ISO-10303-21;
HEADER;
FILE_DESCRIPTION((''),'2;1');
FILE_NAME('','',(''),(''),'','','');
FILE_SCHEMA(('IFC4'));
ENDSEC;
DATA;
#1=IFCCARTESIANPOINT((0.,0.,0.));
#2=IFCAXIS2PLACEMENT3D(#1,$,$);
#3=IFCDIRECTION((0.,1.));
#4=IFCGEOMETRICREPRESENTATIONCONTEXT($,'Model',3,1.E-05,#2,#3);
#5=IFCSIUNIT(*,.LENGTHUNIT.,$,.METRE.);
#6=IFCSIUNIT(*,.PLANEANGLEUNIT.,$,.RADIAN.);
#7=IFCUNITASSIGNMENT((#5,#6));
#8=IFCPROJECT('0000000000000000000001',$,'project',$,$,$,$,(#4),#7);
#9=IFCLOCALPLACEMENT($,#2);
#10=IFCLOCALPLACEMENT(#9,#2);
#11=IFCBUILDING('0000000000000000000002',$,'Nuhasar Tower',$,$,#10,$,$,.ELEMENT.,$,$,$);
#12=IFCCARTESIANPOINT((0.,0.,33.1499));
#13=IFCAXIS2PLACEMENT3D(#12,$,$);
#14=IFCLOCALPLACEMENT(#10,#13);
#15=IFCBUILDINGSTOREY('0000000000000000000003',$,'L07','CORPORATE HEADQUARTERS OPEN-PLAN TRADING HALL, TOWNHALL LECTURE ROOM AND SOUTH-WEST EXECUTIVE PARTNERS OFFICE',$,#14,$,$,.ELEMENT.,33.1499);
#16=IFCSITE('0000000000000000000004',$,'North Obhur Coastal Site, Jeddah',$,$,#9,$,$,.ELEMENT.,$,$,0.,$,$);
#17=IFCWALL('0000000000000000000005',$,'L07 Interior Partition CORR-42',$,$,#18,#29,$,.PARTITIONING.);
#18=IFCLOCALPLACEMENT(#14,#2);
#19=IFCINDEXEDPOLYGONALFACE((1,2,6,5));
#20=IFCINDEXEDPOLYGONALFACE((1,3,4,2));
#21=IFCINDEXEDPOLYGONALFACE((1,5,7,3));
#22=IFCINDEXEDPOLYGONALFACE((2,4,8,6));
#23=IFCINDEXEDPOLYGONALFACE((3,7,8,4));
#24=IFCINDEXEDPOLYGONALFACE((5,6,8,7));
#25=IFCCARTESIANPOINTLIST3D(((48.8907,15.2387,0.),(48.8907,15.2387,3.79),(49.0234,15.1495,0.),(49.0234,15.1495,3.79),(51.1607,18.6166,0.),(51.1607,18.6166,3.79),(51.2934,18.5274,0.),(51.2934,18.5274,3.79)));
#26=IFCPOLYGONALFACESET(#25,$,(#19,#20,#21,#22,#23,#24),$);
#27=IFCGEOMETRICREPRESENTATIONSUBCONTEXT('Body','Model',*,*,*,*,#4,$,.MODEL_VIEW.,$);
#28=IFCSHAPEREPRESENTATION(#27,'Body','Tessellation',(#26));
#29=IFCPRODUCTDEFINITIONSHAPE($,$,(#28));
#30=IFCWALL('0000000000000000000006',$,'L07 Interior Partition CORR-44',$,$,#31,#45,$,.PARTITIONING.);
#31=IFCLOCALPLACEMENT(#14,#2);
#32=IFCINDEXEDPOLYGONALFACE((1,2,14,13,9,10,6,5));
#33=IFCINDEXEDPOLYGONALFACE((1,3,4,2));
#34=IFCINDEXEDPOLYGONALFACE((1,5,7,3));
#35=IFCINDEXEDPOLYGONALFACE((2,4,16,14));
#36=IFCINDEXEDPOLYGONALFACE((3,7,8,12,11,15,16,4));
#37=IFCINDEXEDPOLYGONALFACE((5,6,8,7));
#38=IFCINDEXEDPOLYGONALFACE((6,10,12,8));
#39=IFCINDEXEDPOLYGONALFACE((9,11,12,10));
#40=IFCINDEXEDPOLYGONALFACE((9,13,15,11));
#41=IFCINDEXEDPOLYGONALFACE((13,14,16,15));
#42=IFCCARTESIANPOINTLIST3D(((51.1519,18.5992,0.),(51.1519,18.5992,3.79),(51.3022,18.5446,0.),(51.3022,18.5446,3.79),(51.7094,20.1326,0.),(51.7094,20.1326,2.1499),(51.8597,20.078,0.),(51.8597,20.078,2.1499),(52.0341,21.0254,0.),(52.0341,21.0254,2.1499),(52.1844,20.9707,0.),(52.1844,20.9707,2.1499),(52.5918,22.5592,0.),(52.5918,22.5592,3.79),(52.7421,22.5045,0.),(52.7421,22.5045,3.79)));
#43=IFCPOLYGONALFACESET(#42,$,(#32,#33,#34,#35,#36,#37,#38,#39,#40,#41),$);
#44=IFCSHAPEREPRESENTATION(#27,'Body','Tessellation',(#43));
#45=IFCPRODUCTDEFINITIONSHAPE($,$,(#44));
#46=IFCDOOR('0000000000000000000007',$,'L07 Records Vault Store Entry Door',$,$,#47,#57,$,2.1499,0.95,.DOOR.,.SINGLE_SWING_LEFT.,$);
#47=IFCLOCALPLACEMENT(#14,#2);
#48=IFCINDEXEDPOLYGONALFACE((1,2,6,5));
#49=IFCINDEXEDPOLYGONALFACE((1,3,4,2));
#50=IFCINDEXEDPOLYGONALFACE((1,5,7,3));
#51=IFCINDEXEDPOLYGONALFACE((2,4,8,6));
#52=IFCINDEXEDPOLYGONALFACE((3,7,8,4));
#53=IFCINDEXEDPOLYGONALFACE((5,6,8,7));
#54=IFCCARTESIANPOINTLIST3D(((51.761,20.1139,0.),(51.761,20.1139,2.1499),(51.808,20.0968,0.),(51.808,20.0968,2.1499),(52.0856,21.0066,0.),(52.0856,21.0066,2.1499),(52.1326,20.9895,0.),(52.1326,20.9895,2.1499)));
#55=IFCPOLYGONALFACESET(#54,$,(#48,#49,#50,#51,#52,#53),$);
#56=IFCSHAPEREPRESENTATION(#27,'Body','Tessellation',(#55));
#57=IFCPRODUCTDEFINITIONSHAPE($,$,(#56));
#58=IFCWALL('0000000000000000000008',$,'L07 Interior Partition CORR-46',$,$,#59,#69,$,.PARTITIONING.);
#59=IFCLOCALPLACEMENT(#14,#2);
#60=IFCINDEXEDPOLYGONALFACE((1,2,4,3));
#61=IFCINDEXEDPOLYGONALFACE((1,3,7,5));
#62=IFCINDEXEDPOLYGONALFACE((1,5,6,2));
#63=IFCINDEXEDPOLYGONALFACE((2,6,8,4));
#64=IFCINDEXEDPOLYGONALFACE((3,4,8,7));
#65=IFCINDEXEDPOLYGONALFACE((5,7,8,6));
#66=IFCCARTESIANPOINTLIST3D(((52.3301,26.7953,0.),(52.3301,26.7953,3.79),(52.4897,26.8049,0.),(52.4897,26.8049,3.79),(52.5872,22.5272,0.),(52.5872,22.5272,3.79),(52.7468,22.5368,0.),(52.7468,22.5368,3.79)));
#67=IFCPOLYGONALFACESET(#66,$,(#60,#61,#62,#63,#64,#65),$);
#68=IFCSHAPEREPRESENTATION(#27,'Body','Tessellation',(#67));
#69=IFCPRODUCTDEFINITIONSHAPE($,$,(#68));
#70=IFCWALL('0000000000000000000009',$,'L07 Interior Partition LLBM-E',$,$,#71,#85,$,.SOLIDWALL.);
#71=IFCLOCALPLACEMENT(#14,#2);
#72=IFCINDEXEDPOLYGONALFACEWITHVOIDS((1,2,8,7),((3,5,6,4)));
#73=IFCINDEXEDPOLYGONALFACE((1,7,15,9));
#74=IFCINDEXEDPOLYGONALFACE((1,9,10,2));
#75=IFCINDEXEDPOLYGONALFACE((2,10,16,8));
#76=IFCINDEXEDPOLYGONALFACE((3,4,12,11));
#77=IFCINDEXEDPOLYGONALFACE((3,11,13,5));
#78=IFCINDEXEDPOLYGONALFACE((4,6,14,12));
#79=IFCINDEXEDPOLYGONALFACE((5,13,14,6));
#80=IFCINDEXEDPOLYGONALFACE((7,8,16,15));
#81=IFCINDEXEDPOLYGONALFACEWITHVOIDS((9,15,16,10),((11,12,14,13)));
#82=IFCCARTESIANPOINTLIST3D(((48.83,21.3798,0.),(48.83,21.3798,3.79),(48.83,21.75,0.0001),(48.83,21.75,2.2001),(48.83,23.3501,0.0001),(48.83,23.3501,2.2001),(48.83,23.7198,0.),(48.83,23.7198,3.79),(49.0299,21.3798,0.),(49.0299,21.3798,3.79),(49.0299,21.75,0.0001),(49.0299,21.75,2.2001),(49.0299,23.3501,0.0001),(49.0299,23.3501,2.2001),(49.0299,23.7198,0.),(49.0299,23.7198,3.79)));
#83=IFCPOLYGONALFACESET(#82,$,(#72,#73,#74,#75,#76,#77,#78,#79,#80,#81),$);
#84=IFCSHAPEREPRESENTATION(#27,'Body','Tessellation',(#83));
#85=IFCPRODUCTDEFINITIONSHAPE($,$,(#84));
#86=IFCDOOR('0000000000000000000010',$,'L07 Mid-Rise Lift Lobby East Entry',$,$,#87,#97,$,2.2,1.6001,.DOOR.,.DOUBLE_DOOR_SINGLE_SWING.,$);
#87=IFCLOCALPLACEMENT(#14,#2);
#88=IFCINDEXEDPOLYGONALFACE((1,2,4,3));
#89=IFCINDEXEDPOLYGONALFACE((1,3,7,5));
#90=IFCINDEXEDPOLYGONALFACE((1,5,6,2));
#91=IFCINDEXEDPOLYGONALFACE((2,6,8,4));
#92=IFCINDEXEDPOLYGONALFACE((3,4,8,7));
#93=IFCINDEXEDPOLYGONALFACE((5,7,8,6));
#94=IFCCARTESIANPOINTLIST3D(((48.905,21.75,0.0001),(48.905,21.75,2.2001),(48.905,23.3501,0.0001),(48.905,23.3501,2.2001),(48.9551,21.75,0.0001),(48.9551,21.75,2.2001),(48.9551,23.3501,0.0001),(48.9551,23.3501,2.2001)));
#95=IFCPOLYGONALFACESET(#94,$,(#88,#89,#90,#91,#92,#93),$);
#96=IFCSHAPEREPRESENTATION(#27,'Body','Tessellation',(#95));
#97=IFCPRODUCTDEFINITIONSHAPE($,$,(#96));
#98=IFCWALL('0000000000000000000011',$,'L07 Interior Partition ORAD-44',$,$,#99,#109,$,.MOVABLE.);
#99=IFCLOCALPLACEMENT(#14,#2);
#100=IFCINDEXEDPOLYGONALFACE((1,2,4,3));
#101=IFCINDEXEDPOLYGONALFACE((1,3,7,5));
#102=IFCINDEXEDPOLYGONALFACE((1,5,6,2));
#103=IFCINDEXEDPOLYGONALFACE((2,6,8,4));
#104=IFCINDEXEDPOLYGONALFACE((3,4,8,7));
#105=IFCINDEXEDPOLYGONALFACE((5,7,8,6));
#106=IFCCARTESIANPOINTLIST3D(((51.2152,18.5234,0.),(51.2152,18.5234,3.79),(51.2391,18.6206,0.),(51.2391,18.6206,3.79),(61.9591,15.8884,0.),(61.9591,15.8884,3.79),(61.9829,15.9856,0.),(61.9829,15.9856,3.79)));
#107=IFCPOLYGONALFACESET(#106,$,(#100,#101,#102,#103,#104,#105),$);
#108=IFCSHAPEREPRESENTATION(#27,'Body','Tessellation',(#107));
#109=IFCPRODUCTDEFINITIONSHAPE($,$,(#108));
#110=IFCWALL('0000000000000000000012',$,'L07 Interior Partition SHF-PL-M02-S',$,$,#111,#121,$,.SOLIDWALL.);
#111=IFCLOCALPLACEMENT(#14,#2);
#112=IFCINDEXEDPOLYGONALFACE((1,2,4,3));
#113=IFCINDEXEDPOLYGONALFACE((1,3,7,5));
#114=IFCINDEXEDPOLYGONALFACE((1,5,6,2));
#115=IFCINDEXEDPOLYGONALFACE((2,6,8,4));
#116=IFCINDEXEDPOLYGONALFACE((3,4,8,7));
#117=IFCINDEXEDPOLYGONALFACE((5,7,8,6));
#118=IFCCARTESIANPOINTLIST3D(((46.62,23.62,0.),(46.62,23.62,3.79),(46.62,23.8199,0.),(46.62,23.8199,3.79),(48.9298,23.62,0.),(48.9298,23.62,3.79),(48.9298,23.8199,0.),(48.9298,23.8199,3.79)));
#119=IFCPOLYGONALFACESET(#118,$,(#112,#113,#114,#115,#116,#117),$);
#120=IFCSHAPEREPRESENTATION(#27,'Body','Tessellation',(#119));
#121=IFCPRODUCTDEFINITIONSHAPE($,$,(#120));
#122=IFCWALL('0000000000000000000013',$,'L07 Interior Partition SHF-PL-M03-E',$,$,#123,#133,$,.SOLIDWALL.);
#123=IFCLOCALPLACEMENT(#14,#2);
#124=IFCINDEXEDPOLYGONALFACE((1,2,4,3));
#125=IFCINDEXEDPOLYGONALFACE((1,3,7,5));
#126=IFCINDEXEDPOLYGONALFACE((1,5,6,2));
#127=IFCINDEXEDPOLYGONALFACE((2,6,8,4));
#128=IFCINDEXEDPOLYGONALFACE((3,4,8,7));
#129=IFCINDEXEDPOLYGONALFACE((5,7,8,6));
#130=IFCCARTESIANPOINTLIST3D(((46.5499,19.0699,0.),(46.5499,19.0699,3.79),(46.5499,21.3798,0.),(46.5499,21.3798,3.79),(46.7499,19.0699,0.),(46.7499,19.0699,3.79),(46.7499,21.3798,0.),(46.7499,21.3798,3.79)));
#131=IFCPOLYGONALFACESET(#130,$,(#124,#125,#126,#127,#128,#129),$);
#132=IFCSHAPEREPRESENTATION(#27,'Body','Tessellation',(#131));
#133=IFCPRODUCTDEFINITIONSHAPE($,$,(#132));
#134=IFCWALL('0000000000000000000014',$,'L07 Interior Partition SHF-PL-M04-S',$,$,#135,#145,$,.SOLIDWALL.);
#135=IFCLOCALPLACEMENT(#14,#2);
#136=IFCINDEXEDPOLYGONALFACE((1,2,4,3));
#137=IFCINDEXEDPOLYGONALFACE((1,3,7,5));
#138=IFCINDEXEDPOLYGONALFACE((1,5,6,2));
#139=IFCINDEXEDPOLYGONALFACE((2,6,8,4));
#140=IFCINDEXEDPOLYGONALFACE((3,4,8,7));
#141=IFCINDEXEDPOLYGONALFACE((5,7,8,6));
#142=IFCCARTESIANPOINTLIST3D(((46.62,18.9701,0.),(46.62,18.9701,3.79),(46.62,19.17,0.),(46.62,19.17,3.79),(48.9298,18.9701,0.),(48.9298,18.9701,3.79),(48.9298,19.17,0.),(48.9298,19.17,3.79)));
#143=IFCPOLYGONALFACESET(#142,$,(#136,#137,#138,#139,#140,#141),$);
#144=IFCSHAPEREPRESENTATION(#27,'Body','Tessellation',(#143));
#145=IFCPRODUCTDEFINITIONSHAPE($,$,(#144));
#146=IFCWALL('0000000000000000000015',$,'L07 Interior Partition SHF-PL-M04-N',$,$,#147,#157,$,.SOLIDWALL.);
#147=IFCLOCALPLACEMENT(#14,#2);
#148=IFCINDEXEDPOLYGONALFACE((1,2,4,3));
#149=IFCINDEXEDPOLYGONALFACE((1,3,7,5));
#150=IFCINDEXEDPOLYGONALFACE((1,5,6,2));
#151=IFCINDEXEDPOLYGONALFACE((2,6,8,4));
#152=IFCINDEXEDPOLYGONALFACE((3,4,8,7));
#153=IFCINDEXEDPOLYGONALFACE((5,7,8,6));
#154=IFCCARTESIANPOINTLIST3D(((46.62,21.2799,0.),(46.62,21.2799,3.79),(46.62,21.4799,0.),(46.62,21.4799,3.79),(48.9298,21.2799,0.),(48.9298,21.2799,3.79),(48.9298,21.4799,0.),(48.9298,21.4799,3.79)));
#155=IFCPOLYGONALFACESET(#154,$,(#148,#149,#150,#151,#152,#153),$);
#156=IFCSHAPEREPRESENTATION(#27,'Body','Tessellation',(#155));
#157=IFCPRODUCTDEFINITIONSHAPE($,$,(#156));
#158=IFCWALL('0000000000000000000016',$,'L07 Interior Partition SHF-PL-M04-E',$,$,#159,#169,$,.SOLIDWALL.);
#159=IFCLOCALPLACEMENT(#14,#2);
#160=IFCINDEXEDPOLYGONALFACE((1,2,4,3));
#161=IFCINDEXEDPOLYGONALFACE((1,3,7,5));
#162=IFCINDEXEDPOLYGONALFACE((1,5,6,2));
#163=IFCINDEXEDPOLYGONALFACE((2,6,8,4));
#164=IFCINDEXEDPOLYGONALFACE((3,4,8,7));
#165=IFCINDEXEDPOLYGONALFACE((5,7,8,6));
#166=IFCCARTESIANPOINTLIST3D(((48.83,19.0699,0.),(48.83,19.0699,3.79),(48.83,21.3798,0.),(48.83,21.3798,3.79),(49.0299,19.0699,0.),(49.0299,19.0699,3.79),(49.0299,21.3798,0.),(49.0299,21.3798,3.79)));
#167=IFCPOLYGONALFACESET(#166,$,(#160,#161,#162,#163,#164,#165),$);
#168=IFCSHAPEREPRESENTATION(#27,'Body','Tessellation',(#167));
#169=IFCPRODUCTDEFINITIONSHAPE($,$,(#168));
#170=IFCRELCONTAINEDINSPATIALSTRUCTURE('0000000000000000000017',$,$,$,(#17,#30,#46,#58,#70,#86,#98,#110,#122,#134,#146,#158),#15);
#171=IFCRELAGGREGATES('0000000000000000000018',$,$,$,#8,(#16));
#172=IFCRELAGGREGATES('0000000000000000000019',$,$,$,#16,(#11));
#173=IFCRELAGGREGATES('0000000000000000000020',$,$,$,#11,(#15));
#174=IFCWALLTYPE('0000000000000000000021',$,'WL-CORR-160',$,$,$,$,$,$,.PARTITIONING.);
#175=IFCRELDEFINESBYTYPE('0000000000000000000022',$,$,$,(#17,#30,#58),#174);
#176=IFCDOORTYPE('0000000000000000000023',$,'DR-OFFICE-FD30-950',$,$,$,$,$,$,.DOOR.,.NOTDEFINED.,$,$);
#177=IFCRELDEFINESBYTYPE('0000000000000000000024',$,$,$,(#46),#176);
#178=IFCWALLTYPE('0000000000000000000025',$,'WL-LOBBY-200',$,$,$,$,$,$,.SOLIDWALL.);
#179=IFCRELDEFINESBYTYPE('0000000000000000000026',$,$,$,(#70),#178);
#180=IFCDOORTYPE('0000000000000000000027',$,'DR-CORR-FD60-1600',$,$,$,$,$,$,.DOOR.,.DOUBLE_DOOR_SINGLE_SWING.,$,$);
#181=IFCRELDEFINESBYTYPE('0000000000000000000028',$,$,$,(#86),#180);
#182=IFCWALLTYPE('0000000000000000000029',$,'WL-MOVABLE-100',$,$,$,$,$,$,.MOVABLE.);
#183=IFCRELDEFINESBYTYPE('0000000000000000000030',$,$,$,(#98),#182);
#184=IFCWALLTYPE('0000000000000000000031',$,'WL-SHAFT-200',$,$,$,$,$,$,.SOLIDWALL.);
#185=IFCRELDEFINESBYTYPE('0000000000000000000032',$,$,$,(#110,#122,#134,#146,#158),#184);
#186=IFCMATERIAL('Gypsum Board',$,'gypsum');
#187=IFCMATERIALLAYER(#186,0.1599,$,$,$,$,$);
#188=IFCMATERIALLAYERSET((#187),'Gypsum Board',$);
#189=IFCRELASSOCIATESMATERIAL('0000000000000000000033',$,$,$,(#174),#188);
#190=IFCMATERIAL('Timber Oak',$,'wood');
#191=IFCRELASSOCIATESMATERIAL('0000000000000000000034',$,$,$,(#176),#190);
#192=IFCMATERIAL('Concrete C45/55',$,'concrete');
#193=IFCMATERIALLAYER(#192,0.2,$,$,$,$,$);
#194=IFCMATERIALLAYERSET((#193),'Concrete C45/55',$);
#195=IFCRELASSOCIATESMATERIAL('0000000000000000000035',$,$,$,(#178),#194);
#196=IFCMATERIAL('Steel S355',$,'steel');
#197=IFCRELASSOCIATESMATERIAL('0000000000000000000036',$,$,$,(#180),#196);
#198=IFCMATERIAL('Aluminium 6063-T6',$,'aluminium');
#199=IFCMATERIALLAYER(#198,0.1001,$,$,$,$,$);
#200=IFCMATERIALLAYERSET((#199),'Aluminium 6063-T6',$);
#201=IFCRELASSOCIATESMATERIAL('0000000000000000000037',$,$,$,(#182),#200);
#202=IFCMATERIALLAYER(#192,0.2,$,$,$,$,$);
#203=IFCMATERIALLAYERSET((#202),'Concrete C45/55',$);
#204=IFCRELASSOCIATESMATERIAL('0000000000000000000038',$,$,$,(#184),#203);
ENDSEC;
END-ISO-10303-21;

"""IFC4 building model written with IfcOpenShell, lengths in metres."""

from ifc_helpers import new_model, si_unit, direction, frame, frame_2d, origin, place, context, subcontext, project, spatial, rectangle, extrude, material, layer, layer_set, type_object, element, fill, save


model = new_model("IFC4")

# Units and contexts
model_context = context("Model", 3, precision=1e-05, world=origin(), true_north=direction((0.0, 1.0)))
body_context = subcontext(model_context, "Body", "Model", "MODEL_VIEW")
ifc_project = project(units=[si_unit("LENGTHUNIT", "METRE"), si_unit("PLANEANGLEUNIT", "RADIAN")], contexts=[model_context])

# Site, building, storey
site_placement = place(None, origin())
site = spatial("IfcSite", under=ifc_project, at=site_placement, Name="North Obhur Coastal Site, Jeddah", CompositionType="ELEMENT", RefElevation=0.0)
building_placement = place(site_placement, origin())
building = spatial("IfcBuilding", under=site, at=building_placement, Name="Nuhasar Tower", CompositionType="ELEMENT")
storey_placement = place(building_placement, frame((0.0, 0.0, 33.1499)))
storey = spatial("IfcBuildingStorey", under=building, at=storey_placement, Name="L07", Description="CORPORATE HEADQUARTERS OPEN-PLAN TRADING HALL, TOWNHALL LECTURE ROOM AND SOUTH-WEST EXECUTIVE PARTNERS OFFICE", CompositionType="ELEMENT", Elevation=33.1499)

# Shared definitions
ifc_material_1 = material(Name="Steel S355", Category="steel")

# Shared definitions
ifc_material_2 = material(Name="Aluminium 6063-T6", Category="aluminium")

# Shared definitions
ifc_material_3 = material(Name="Gypsum Board", Category="gypsum")
ifc_layer_1 = layer(ifc_material_3, 0.1599)
ifc_layer_set_1 = layer_set([ifc_layer_1], Name="Gypsum Board")
wall_type_1 = type_object("IfcWallType", Name="WL-CORR-160", PredefinedType="PARTITIONING", material=ifc_layer_set_1)
ifc_material_4 = material(Name="Timber Oak", Category="wood")
door_type_1 = type_object("IfcDoorType", Name="DR-OFFICE-FD30-950", OperationType="NOTDEFINED", PredefinedType="DOOR", material=ifc_material_4)

# Wall
wall_1_placement = place(storey_placement, frame((48.957, 15.1941, 0.0), z_axis=(0.0, 0.0, 1.0), x_axis=(0.55777, 0.829996, 0.0)))
element("IfcWall", 1, at=wall_1_placement, inside=storey, type_object=wall_type_1, Name="L07 Interior Partition CORR-42", PredefinedType="PARTITIONING", context=body_context, shape_type="SweptSolid", body=[
    extrude(rectangle(XDim=4.0698, YDim=0.1599, at=frame_2d((2.0349, 0.0))), origin(), (0.0, 0.0, 1.0), 3.79),
])

# Wall, opening, door
wall_2_placement = place(storey_placement, frame((52.667, 22.532, 0.0), z_axis=(0.0, 0.0, 1.0), x_axis=(-0.341734, -0.939797, 0.0)))
wall_2 = element("IfcWall", 2, at=wall_2_placement, inside=storey, type_object=wall_type_1, Name="L07 Interior Partition CORR-44", PredefinedType="PARTITIONING", context=body_context, shape_type="SweptSolid", body=[
    extrude(rectangle(XDim=4.2136, YDim=0.1599, at=frame_2d((2.1069, 0.0))), origin(), (0.0, 0.0, 1.0), 3.79),
])
opening_1_placement = place(wall_2_placement, frame((1.6321, 0.0, 0.0)))
opening_1 = element("IfcOpeningElement", 3, at=opening_1_placement, cuts=wall_2, PredefinedType="OPENING", context=body_context, shape_type="SweptSolid", body=[
    extrude(rectangle(XDim=0.95, YDim=2.1499, at=frame_2d((0.4751, 1.075))), frame((0.0, 0.0898, 0.0), z_axis=(0.0, -1.0, 0.0), x_axis=(1.0, 0.0, 0.0)), (0.0, 0.0, 1.0), 0.1799),
])
door_1_placement = place(opening_1_placement, origin())
door_1 = element("IfcDoor", 4, at=door_1_placement, inside=storey, type_object=door_type_1, Name="L07 Records Vault Store Entry Door", OperationType="SINGLE_SWING_LEFT", OverallHeight=2.1499, OverallWidth=0.95, PredefinedType="DOOR", context=body_context, shape_type="SweptSolid", body=[
    extrude(rectangle(XDim=0.95, YDim=2.1499, at=frame_2d((0.4751, 1.075))), frame((0.0, 0.0249, 0.0), z_axis=(0.0, -1.0, 0.0), x_axis=(1.0, 0.0, 0.0)), (0.0, 0.0, 1.0), 0.05),
])
fill(opening_1, door_1)

# Wall
wall_3_placement = place(storey_placement, frame((52.667, 22.532, 0.0), z_axis=(0.0, 0.0, 1.0), x_axis=(-0.060124, 0.998191, 0.0)))
element("IfcWall", 5, at=wall_3_placement, inside=storey, type_object=wall_type_1, Name="L07 Interior Partition CORR-46", PredefinedType="PARTITIONING", context=body_context, shape_type="SweptSolid", body=[
    extrude(rectangle(XDim=4.2759, YDim=0.1599, at=frame_2d((2.1379, 0.0))), origin(), (0.0, 0.0, 1.0), 3.79),
])

# Wall, opening, door
ifc_material_5 = material(Name="Concrete C45/55", Category="concrete")
ifc_layer_2 = layer(ifc_material_5, 0.2)
ifc_layer_set_2 = layer_set([ifc_layer_2], Name="Concrete C45/55")
wall_type_2 = type_object("IfcWallType", Name="WL-LOBBY-200", PredefinedType="SOLIDWALL", material=ifc_layer_set_2)
wall_4_placement = place(storey_placement, frame((48.9299, 21.3799, 0.0), z_axis=(0.0, 0.0, 1.0), x_axis=(0.0, 1.0, 0.0)))
wall_4 = element("IfcWall", 6, at=wall_4_placement, inside=storey, type_object=wall_type_2, Name="L07 Interior Partition LLBM-E", PredefinedType="SOLIDWALL", context=body_context, shape_type="SweptSolid", body=[
    extrude(rectangle(XDim=2.3401, YDim=0.2, at=frame_2d((1.1699, 0.0))), origin(), (0.0, 0.0, 1.0), 3.79),
])
opening_2_placement = place(wall_4_placement, frame((0.3701, 0.0, 0.0)))
opening_2 = element("IfcOpeningElement", 7, at=opening_2_placement, cuts=wall_4, PredefinedType="OPENING", context=body_context, shape_type="SweptSolid", body=[
    extrude(rectangle(XDim=1.6001, YDim=2.2, at=frame_2d((0.8, 1.1001))), frame((0.0, 0.1099, 0.0), z_axis=(0.0, -1.0, 0.0), x_axis=(1.0, 0.0, 0.0)), (0.0, 0.0, 1.0), 0.22),
])
door_type_2 = type_object("IfcDoorType", Name="DR-CORR-FD60-1600", OperationType="DOUBLE_DOOR_SINGLE_SWING", PredefinedType="DOOR", material=ifc_material_1)
door_2_placement = place(opening_2_placement, origin())
door_2 = element("IfcDoor", 8, at=door_2_placement, inside=storey, type_object=door_type_2, Name="L07 Mid-Rise Lift Lobby East Entry", OperationType="DOUBLE_DOOR_SINGLE_SWING", OverallHeight=2.2, OverallWidth=1.6001, PredefinedType="DOOR", context=body_context, shape_type="SweptSolid", body=[
    extrude(rectangle(XDim=1.6001, YDim=2.2, at=frame_2d((0.8, 1.1001))), frame((0.0, 0.0249, 0.0), z_axis=(0.0, -1.0, 0.0), x_axis=(1.0, 0.0, 0.0)), (0.0, 0.0, 1.0), 0.05),
])
fill(opening_2, door_2)

# Walls
ifc_layer_3 = layer(ifc_material_2, 0.1001)
ifc_layer_set_3 = layer_set([ifc_layer_3], Name="Aluminium 6063-T6")
wall_type_3 = type_object("IfcWallType", Name="WL-MOVABLE-100", PredefinedType="MOVABLE", material=ifc_layer_set_3)
wall_5_placement = place(storey_placement, frame((51.2271, 18.572, 0.0), z_axis=(0.0, 0.0, 1.0), x_axis=(0.971217, -0.238197, 0.0)))
element("IfcWall", 9, at=wall_5_placement, inside=storey, type_object=wall_type_3, Name="L07 Interior Partition ORAD-44", PredefinedType="MOVABLE", context=body_context, shape_type="SweptSolid", body=[
    extrude(rectangle(XDim=11.0623, YDim=0.1001, at=frame_2d((5.5312, 0.0))), origin(), (0.0, 0.0, 1.0), 3.79),
])
ifc_layer_4 = layer(ifc_material_5, 0.2)
ifc_layer_set_4 = layer_set([ifc_layer_4], Name="Concrete C45/55")
wall_type_4 = type_object("IfcWallType", Name="WL-SHAFT-200", PredefinedType="SOLIDWALL", material=ifc_layer_set_4)
for number, where, z_axis, x_axis, name in (
    (10, (46.6201, 23.72, 0.0), (0.0, 0.0, 1.0), (1.0, 0.0, 0.0), "L07 Interior Partition SHF-PL-M02-S"),
    (11, (46.6499, 19.0701, 0.0), (0.0, 0.0, 1.0), (0.0, 1.0, 0.0), "L07 Interior Partition SHF-PL-M03-E"),
    (12, (46.6201, 19.0701, 0.0), (0.0, 0.0, 1.0), (1.0, 0.0, 0.0), "L07 Interior Partition SHF-PL-M04-S"),
    (13, (46.6201, 21.3799, 0.0), (0.0, 0.0, 1.0), (1.0, 0.0, 0.0), "L07 Interior Partition SHF-PL-M04-N"),
    (14, (48.9299, 19.0701, 0.0), (0.0, 0.0, 1.0), (0.0, 1.0, 0.0), "L07 Interior Partition SHF-PL-M04-E"),
):
    element("IfcWall", number, at=place(storey_placement, frame(where, z_axis=z_axis, x_axis=x_axis)), inside=storey, type_object=wall_type_4, Name=name, PredefinedType="SOLIDWALL", context=body_context, shape_type="SweptSolid", body=[
        extrude(rectangle(XDim=2.3098, YDim=0.2, at=frame_2d((1.1548, 0.0))), origin(), (0.0, 0.0, 1.0), 3.79),
    ])

save(model, "model.ifc")
